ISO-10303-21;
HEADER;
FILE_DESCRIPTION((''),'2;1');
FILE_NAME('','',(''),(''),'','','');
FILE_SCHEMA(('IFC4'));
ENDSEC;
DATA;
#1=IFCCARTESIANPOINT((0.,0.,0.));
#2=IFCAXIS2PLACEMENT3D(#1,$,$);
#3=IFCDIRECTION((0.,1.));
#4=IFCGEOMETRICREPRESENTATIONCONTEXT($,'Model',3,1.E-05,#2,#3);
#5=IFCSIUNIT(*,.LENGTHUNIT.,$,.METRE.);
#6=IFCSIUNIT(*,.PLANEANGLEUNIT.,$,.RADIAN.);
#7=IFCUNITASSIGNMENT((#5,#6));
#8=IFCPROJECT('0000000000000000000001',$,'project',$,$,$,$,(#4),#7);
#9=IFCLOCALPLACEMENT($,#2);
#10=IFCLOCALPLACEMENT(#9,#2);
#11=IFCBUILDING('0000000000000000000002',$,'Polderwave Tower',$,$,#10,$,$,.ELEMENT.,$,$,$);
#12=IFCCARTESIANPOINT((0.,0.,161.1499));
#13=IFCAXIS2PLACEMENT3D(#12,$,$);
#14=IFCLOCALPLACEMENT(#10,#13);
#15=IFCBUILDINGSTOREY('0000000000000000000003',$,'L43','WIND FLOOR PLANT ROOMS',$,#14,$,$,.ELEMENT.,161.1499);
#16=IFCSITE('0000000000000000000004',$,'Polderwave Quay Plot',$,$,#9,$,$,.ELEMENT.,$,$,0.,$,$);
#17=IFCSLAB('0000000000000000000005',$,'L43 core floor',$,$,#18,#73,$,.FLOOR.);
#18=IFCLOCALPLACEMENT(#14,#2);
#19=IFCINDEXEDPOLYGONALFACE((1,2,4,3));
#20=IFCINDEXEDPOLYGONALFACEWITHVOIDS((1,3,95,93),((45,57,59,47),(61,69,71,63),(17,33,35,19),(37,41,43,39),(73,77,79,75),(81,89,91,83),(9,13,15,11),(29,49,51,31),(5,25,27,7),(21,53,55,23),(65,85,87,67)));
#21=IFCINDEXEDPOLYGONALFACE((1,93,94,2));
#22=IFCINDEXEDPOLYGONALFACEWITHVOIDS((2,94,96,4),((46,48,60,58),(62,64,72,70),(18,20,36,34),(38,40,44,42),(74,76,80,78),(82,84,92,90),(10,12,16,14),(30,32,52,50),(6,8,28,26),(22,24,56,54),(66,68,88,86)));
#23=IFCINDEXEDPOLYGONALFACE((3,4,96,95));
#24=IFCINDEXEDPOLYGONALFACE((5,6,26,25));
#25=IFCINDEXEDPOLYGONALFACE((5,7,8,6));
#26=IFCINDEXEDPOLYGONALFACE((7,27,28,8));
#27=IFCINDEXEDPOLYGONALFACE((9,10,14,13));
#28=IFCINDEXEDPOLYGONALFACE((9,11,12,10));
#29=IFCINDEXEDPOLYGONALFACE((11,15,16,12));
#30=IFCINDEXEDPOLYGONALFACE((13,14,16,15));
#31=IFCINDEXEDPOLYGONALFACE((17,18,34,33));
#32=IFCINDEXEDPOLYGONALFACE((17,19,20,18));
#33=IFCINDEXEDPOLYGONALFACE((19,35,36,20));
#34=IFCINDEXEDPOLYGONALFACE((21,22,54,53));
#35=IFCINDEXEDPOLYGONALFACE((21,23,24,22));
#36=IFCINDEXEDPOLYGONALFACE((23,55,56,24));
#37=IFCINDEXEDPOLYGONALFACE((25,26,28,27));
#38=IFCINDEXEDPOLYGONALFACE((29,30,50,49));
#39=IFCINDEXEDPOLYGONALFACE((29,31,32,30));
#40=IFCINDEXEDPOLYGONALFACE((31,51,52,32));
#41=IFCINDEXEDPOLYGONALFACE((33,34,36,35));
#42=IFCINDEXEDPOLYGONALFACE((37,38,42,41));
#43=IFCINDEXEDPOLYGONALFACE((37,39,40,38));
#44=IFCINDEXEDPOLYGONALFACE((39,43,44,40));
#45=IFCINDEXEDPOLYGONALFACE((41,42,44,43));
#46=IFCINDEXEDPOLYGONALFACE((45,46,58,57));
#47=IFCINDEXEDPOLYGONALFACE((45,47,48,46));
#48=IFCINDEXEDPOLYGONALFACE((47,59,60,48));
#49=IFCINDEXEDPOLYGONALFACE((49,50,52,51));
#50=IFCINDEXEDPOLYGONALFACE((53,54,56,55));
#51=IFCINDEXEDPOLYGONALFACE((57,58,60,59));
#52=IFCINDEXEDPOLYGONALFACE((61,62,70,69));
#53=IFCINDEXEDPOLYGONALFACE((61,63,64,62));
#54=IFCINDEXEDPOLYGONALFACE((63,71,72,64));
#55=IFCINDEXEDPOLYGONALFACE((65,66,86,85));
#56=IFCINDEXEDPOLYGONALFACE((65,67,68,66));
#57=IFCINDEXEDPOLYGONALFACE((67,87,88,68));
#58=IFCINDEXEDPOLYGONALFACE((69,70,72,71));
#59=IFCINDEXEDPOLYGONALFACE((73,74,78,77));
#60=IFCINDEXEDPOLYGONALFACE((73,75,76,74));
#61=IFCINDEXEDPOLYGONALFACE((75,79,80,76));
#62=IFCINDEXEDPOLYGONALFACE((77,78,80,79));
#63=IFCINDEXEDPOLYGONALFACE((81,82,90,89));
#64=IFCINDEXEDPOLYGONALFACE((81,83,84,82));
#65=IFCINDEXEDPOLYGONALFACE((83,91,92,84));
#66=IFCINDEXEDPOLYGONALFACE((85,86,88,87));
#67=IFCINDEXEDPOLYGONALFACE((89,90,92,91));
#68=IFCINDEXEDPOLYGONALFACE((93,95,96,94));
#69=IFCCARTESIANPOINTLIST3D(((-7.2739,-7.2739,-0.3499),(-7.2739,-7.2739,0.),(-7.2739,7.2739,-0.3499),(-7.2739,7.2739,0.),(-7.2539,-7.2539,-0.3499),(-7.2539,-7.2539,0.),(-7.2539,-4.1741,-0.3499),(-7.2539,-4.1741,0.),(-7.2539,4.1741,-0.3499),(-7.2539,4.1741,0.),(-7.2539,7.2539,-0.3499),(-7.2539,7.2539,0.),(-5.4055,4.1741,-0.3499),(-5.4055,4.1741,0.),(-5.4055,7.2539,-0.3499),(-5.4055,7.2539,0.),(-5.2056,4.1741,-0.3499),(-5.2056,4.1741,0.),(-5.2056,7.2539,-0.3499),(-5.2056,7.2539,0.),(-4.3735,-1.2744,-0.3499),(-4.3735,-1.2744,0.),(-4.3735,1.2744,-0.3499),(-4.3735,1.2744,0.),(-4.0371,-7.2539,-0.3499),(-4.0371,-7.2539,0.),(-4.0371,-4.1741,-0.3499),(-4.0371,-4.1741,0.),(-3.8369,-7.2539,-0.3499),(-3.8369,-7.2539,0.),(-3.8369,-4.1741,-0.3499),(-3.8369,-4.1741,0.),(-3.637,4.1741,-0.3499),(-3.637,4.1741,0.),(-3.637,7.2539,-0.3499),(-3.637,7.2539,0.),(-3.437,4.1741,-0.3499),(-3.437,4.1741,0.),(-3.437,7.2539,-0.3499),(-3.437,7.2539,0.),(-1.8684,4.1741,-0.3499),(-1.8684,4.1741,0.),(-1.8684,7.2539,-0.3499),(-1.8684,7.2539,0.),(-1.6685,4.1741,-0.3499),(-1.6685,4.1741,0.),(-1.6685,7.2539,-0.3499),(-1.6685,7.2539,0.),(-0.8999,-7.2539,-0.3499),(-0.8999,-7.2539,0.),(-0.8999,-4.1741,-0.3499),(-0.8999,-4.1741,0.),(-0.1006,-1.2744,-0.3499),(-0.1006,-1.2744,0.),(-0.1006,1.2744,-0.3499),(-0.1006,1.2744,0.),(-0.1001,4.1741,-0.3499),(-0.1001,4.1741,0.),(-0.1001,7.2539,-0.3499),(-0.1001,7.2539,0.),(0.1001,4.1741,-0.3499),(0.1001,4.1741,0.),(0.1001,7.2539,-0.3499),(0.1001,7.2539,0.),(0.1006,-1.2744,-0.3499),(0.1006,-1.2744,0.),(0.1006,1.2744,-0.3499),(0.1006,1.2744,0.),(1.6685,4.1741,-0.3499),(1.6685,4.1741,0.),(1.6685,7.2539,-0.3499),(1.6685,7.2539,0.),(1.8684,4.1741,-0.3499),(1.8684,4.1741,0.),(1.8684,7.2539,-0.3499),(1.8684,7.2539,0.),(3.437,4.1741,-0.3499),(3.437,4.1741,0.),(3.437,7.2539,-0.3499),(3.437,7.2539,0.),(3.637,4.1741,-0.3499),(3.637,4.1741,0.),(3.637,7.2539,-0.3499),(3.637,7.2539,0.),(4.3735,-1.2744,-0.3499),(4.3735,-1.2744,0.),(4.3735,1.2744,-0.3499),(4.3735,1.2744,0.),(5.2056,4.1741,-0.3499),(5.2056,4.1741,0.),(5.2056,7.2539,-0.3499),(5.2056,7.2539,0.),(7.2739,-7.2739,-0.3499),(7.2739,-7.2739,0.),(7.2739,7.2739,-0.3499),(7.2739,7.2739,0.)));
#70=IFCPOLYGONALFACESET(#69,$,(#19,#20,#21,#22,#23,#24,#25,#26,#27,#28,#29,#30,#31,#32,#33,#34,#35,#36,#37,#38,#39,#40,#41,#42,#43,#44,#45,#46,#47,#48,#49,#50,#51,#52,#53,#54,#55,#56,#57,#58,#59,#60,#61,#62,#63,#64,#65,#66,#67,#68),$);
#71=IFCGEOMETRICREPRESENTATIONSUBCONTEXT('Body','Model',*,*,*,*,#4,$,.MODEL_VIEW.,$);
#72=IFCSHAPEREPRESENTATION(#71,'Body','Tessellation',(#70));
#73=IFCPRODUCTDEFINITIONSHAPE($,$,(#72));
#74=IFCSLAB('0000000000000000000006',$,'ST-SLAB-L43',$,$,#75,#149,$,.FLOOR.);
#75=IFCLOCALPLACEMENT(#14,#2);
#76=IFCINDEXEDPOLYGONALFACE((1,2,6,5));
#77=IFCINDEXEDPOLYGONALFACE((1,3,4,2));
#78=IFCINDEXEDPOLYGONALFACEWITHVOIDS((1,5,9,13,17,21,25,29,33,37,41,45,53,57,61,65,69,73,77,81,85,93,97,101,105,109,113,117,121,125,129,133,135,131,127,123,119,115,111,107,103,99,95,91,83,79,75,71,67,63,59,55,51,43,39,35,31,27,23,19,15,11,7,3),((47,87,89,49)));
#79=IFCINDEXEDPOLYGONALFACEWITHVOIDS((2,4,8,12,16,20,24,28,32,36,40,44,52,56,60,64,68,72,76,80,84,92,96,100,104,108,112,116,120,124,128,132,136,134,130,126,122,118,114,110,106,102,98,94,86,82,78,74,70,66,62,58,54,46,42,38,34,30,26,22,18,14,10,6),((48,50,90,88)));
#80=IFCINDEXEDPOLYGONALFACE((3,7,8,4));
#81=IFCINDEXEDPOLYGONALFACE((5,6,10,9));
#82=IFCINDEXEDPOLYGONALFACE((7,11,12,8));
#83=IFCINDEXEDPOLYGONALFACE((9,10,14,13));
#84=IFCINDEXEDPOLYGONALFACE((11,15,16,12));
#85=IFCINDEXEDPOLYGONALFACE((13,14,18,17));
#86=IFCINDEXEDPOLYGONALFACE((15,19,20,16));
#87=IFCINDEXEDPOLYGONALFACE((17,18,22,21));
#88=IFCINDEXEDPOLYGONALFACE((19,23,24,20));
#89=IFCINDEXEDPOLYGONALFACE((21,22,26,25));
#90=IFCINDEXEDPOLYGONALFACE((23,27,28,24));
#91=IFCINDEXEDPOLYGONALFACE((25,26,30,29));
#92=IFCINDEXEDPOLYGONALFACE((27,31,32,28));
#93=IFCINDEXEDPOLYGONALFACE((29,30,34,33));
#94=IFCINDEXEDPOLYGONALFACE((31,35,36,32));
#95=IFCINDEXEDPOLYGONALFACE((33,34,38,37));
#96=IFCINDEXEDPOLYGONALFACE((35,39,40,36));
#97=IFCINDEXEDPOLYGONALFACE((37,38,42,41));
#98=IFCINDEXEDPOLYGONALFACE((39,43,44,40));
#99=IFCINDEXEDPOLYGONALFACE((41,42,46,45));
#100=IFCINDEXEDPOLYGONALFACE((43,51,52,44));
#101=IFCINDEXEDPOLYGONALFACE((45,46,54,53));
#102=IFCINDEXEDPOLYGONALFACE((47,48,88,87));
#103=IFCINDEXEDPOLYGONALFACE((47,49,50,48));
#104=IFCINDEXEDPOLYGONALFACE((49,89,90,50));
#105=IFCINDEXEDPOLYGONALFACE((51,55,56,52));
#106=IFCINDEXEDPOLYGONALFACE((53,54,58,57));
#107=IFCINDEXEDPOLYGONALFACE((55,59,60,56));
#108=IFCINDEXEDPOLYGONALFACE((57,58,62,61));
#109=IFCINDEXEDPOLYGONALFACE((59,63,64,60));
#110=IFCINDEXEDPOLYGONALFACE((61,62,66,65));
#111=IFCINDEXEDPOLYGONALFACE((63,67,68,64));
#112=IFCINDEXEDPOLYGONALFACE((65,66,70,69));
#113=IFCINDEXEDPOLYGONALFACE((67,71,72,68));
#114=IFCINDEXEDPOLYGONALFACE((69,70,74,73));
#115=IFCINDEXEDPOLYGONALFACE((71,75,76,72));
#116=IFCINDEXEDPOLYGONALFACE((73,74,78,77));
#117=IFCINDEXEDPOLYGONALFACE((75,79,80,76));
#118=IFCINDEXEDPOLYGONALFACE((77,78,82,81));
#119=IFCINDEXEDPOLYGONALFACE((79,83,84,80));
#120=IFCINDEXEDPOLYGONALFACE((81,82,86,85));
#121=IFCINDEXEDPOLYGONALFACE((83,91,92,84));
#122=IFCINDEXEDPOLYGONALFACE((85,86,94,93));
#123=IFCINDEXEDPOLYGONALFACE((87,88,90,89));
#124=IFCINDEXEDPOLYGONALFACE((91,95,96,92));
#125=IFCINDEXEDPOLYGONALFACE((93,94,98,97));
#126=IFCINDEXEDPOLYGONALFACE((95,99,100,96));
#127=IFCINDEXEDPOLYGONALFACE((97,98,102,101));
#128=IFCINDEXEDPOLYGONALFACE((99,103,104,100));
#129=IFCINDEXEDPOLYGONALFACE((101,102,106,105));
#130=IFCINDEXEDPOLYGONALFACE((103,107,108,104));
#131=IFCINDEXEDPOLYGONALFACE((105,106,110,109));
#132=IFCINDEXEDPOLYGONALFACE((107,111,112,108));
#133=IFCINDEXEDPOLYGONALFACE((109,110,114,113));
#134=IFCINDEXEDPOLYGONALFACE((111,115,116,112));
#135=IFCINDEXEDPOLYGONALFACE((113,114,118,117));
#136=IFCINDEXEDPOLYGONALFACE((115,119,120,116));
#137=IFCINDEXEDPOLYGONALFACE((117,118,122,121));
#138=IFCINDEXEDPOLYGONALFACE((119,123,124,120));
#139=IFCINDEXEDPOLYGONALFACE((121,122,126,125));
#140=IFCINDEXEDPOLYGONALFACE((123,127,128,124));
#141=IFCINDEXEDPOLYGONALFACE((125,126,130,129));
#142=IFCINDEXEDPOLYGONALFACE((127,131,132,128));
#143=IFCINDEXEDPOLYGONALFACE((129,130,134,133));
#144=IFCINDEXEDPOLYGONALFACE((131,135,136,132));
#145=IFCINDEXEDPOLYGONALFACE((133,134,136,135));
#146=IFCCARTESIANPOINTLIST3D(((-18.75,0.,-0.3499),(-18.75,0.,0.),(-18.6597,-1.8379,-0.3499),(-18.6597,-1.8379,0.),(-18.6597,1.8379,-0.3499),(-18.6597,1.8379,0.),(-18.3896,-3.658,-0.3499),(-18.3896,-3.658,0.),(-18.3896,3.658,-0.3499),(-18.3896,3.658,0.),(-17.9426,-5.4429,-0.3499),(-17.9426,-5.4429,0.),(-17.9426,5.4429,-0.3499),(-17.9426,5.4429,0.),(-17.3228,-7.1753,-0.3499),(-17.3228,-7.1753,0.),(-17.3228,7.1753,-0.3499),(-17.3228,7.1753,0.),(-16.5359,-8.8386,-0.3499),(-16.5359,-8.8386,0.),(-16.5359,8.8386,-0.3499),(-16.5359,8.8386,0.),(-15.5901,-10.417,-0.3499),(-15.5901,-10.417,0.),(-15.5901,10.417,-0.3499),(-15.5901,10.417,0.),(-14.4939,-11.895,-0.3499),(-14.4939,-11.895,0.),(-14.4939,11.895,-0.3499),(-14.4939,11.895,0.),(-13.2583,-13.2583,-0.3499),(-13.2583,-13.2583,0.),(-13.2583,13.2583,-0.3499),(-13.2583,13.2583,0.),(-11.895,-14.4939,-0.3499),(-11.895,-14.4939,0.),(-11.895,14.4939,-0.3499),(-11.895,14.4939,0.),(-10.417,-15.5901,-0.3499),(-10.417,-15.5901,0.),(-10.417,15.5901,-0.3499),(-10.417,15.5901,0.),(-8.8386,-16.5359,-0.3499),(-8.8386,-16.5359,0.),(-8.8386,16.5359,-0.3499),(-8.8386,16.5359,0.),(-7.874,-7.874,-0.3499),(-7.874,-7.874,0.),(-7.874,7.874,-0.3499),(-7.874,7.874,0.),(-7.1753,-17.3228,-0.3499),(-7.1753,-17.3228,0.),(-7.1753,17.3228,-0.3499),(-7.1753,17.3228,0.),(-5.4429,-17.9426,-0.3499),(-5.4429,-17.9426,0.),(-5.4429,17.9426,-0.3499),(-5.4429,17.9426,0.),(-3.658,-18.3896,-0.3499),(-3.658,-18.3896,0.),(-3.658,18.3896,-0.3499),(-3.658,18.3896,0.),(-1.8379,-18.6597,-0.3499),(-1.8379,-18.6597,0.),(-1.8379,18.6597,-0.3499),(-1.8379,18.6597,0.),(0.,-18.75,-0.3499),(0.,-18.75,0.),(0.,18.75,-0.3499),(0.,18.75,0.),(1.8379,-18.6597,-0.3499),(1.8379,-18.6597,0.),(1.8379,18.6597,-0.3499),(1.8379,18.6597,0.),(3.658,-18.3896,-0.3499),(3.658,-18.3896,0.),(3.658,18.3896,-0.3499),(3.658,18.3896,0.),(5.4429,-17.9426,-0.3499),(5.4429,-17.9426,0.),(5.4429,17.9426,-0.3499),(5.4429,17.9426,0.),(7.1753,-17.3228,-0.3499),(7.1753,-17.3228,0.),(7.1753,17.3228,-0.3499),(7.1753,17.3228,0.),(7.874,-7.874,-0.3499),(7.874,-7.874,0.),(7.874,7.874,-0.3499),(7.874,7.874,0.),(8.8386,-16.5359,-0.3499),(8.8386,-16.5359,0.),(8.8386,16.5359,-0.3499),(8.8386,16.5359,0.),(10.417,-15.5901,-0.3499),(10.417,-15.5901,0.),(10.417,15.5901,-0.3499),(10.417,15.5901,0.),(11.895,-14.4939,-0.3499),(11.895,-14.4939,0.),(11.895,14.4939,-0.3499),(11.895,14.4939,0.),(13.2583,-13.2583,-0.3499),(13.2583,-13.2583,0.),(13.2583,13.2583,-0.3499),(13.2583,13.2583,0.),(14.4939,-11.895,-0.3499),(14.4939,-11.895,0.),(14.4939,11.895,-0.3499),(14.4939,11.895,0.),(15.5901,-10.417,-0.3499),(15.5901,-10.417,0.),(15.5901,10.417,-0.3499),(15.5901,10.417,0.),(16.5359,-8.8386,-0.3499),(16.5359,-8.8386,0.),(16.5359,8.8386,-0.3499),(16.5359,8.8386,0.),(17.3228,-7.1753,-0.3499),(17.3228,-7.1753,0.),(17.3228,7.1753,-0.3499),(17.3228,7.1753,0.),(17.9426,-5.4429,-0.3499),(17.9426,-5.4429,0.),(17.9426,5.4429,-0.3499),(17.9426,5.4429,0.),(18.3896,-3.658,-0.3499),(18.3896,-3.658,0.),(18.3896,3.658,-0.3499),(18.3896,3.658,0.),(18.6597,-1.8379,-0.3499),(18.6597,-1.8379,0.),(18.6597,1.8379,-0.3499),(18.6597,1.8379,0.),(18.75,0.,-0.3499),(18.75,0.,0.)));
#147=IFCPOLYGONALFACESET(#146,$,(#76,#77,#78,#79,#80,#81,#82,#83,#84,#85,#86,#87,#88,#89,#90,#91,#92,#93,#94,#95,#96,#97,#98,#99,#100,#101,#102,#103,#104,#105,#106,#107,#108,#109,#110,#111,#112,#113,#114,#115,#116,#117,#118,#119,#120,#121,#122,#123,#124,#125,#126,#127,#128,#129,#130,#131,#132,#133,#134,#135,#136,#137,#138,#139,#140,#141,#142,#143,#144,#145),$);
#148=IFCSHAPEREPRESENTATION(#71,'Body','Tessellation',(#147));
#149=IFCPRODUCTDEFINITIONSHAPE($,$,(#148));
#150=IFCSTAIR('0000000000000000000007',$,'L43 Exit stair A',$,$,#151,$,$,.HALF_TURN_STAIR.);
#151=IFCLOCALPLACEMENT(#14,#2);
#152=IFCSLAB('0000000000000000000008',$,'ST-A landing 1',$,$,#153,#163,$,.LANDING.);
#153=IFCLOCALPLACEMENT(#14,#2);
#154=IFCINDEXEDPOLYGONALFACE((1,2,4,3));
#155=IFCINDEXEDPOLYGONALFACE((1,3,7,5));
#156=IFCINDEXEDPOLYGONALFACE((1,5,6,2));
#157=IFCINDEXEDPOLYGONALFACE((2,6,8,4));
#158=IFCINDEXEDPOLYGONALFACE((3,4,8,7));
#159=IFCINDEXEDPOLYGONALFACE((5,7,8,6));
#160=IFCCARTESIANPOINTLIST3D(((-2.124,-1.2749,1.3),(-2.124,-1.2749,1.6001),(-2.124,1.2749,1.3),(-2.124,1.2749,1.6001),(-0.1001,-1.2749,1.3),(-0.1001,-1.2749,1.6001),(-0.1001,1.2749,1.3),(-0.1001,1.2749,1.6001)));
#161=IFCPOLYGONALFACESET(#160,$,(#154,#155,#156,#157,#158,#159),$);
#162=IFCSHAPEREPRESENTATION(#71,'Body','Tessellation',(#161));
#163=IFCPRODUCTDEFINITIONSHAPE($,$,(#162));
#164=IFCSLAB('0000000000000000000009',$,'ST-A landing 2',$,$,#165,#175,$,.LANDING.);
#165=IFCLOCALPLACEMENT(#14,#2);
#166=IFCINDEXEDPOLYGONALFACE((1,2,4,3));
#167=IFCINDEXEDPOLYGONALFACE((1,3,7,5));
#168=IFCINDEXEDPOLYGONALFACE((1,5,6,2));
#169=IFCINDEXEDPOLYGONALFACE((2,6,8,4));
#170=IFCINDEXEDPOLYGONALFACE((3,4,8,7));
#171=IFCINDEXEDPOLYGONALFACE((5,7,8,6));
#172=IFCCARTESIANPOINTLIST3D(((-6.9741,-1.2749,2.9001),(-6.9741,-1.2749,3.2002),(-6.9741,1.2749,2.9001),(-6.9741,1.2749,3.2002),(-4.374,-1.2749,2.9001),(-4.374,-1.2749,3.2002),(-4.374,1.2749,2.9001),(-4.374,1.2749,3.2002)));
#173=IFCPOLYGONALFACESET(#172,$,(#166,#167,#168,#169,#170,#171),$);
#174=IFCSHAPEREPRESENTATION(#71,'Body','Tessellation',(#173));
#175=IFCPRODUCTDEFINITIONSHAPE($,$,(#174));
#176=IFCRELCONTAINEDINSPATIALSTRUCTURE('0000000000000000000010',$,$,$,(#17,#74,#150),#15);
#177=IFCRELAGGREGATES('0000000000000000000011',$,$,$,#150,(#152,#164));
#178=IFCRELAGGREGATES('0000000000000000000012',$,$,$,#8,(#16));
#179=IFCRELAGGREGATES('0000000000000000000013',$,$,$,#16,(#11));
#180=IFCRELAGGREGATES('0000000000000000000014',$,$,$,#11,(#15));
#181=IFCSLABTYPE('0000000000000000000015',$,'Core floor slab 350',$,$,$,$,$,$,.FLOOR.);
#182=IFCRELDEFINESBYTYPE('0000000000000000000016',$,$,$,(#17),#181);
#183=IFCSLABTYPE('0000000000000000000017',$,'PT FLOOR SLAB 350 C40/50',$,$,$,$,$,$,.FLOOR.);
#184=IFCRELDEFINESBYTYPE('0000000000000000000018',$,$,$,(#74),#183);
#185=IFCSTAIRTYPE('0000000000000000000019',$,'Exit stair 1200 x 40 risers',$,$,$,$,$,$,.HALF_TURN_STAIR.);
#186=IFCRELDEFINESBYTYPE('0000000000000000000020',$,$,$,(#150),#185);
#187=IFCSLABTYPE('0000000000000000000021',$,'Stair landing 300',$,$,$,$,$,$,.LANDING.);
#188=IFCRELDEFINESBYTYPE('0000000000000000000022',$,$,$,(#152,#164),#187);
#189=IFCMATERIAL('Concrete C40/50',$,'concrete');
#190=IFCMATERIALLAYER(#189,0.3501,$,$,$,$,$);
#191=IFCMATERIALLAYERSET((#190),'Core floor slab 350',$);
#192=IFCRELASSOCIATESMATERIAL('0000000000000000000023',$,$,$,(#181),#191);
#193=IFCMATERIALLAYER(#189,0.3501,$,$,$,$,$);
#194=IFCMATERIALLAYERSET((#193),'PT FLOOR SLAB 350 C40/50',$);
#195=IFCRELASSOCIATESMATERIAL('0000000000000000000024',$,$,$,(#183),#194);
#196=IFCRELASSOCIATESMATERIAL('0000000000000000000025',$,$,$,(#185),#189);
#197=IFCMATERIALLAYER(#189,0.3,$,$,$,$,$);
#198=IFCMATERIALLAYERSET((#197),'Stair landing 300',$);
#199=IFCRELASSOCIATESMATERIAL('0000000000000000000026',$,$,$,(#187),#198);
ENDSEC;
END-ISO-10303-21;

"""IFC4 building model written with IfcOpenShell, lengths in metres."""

from ifc_helpers import new_model, si_unit, direction, frame, origin, place, context, subcontext, project, spatial, polyline, outline, extrude, material, layer, layer_set, type_object, element, aggregate, save


model = new_model("IFC4")

# Units and contexts
model_context = context("Model", 3, precision=1e-05, world=origin(), true_north=direction((0.0, 1.0)))
body_context = subcontext(model_context, "Body", "Model", "MODEL_VIEW")
ifc_project = project(units=[si_unit("LENGTHUNIT", "METRE"), si_unit("PLANEANGLEUNIT", "RADIAN")], contexts=[model_context])

# Site, building, storey
site_placement = place(None, origin())
site = spatial("IfcSite", under=ifc_project, at=site_placement, Name="Polderwave Quay Plot", CompositionType="ELEMENT", RefElevation=0.0)
building_placement = place(site_placement, origin())
building = spatial("IfcBuilding", under=site, at=building_placement, Name="Polderwave Tower", CompositionType="ELEMENT")
storey_placement = place(building_placement, frame((0.0, 0.0, 161.1499)))
storey = spatial("IfcBuildingStorey", under=building, at=storey_placement, Name="L43", Description="WIND FLOOR PLANT ROOMS", CompositionType="ELEMENT", Elevation=161.1499)

# Slabs
ifc_material_1 = material(Name="Concrete C40/50", Category="concrete")
ifc_layer_1 = layer(ifc_material_1, 0.3501)
ifc_layer_set_1 = layer_set([ifc_layer_1], Name="Core floor slab 350")
slab_type_1 = type_object("IfcSlabType", Name="Core floor slab 350", PredefinedType="FLOOR", material=ifc_layer_set_1)
slab_1_placement = place(storey_placement, frame((0.0, 0.0, -0.3499)))
element("IfcSlab", 1, at=slab_1_placement, inside=storey, type_object=slab_type_1, Name="L43 core floor", PredefinedType="FLOOR", context=body_context, shape_type="SweptSolid", body=[
    extrude(outline(polyline([(-7.2739, -7.2739), (7.2739, -7.2739), (7.2739, 7.2739), (-7.2739, 7.2739), (-7.2739, -7.2739)]), holes=[polyline([(-7.2539, -7.2539), (-4.0371, -7.2539), (-4.0371, -4.1741), (-7.2539, -4.1741), (-7.2539, -7.2539)]), polyline([(-3.8369, -7.2539), (-0.8999, -7.2539), (-0.8999, -4.1741), (-3.8369, -4.1741), (-3.8369, -7.2539)]), polyline([(-7.2539, 4.1741), (-5.4055, 4.1741), (-5.4055, 7.2539), (-7.2539, 7.2539), (-7.2539, 4.1741)]), polyline([(-5.2056, 4.1741), (-3.637, 4.1741), (-3.637, 7.2539), (-5.2056, 7.2539), (-5.2056, 4.1741)]), polyline([(-3.437, 4.1741), (-1.8684, 4.1741), (-1.8684, 7.2539), (-3.437, 7.2539), (-3.437, 4.1741)]), polyline([(-1.6685, 4.1741), (-0.1001, 4.1741), (-0.1001, 7.2539), (-1.6685, 7.2539), (-1.6685, 4.1741)]), polyline([(0.1001, 4.1741), (1.6685, 4.1741), (1.6685, 7.2539), (0.1001, 7.2539), (0.1001, 4.1741)]), polyline([(1.8684, 4.1741), (3.437, 4.1741), (3.437, 7.2539), (1.8684, 7.2539), (1.8684, 4.1741)]), polyline([(3.637, 4.1741), (5.2056, 4.1741), (5.2056, 7.2539), (3.637, 7.2539), (3.637, 4.1741)]), polyline([(-4.3735, -1.2744), (-0.1006, -1.2744), (-0.1006, 1.2744), (-4.3735, 1.2744), (-4.3735, -1.2744)]), polyline([(0.1006, -1.2744), (4.3735, -1.2744), (4.3735, 1.2744), (0.1006, 1.2744), (0.1006, -1.2744)])]), origin(), (0.0, 0.0, 1.0), 0.3499),
])
ifc_layer_2 = layer(ifc_material_1, 0.3501)
ifc_layer_set_2 = layer_set([ifc_layer_2], Name="PT FLOOR SLAB 350 C40/50")
slab_type_2 = type_object("IfcSlabType", Name="PT FLOOR SLAB 350 C40/50", PredefinedType="FLOOR", material=ifc_layer_set_2)
slab_2_placement = place(storey_placement, frame((0.0, 0.0, -0.3499)))
element("IfcSlab", 2, at=slab_2_placement, inside=storey, type_object=slab_type_2, Name="ST-SLAB-L43", PredefinedType="FLOOR", context=body_context, shape_type="SweptSolid", body=[
    extrude(outline(polyline([(18.75, 0.0), (18.6597, 1.8379), (18.3896, 3.658), (17.9426, 5.4429), (17.3228, 7.1753), (16.5359, 8.8386), (15.5901, 10.417), (14.4939, 11.895), (13.2583, 13.2583), (11.895, 14.4939), (10.417, 15.5901), (8.8386, 16.5359), (7.1753, 17.3228), (5.4429, 17.9426), (3.658, 18.3896), (1.8379, 18.6597), (0.0, 18.75), (-1.8379, 18.6597), (-3.658, 18.3896), (-5.4429, 17.9426), (-7.1753, 17.3228), (-8.8386, 16.5359), (-10.417, 15.5901), (-11.895, 14.4939), (-13.2583, 13.2583), (-14.4939, 11.895), (-15.5901, 10.417), (-16.5359, 8.8386), (-17.3228, 7.1753), (-17.9426, 5.4429), (-18.3896, 3.658), (-18.6597, 1.8379), (-18.75, 0.0), (-18.6597, -1.8379), (-18.3896, -3.658), (-17.9426, -5.4429), (-17.3228, -7.1753), (-16.5359, -8.8386), (-15.5901, -10.417), (-14.4939, -11.895), (-13.2583, -13.2583), (-11.895, -14.4939), (-10.417, -15.5901), (-8.8386, -16.5359), (-7.1753, -17.3228), (-5.4429, -17.9426), (-3.658, -18.3896), (-1.8379, -18.6597), (0.0, -18.75), (1.8379, -18.6597), (3.658, -18.3896), (5.4429, -17.9426), (7.1753, -17.3228), (8.8386, -16.5359), (10.417, -15.5901), (11.895, -14.4939), (13.2583, -13.2583), (14.4939, -11.895), (15.5901, -10.417), (16.5359, -8.8386), (17.3228, -7.1753), (17.9426, -5.4429), (18.3896, -3.658), (18.6597, -1.8379), (18.75, 0.0)]), holes=[polyline([(-7.874, -7.874), (7.874, -7.874), (7.874, 7.874), (-7.874, 7.874), (-7.874, -7.874)])]), origin(), (0.0, 0.0, 1.0), 0.3499),
])

# Stair, slabs
stair_type = type_object("IfcStairType", Name="Exit stair 1200 x 40 risers", PredefinedType="HALF_TURN_STAIR", material=ifc_material_1)
stair_1_placement = place(storey_placement, origin())
stair_1 = element("IfcStair", 3, at=stair_1_placement, inside=storey, type_object=stair_type, Name="L43 Exit stair A", PredefinedType="HALF_TURN_STAIR")
ifc_layer_3 = layer(ifc_material_1, 0.3)
ifc_layer_set_3 = layer_set([ifc_layer_3], Name="Stair landing 300")
slab_type_3 = type_object("IfcSlabType", Name="Stair landing 300", PredefinedType="LANDING", material=ifc_layer_set_3)
slab_3_placement = place(storey_placement, frame((0.0, 0.0, 1.3)))
slab_3 = element("IfcSlab", 4, at=slab_3_placement, type_object=slab_type_3, Name="ST-A landing 1", PredefinedType="LANDING", context=body_context, shape_type="SweptSolid", body=[
    extrude(outline(polyline([(-2.124, -1.2749), (-0.1001, -1.2749), (-0.1001, 1.2749), (-2.124, 1.2749), (-2.124, -1.2749)])), origin(), (0.0, 0.0, 1.0), 0.3),
])
slab_4_placement = place(storey_placement, frame((0.0, 0.0, 2.9001)))
slab_4 = element("IfcSlab", 5, at=slab_4_placement, type_object=slab_type_3, Name="ST-A landing 2", PredefinedType="LANDING", context=body_context, shape_type="SweptSolid", body=[
    extrude(outline(polyline([(-6.9741, -1.2749), (-4.374, -1.2749), (-4.374, 1.2749), (-6.9741, 1.2749), (-6.9741, -1.2749)])), origin(), (0.0, 0.0, 1.0), 0.3),
])

aggregate(stair_1, [slab_3, slab_4])

save(model, "model.ifc")
